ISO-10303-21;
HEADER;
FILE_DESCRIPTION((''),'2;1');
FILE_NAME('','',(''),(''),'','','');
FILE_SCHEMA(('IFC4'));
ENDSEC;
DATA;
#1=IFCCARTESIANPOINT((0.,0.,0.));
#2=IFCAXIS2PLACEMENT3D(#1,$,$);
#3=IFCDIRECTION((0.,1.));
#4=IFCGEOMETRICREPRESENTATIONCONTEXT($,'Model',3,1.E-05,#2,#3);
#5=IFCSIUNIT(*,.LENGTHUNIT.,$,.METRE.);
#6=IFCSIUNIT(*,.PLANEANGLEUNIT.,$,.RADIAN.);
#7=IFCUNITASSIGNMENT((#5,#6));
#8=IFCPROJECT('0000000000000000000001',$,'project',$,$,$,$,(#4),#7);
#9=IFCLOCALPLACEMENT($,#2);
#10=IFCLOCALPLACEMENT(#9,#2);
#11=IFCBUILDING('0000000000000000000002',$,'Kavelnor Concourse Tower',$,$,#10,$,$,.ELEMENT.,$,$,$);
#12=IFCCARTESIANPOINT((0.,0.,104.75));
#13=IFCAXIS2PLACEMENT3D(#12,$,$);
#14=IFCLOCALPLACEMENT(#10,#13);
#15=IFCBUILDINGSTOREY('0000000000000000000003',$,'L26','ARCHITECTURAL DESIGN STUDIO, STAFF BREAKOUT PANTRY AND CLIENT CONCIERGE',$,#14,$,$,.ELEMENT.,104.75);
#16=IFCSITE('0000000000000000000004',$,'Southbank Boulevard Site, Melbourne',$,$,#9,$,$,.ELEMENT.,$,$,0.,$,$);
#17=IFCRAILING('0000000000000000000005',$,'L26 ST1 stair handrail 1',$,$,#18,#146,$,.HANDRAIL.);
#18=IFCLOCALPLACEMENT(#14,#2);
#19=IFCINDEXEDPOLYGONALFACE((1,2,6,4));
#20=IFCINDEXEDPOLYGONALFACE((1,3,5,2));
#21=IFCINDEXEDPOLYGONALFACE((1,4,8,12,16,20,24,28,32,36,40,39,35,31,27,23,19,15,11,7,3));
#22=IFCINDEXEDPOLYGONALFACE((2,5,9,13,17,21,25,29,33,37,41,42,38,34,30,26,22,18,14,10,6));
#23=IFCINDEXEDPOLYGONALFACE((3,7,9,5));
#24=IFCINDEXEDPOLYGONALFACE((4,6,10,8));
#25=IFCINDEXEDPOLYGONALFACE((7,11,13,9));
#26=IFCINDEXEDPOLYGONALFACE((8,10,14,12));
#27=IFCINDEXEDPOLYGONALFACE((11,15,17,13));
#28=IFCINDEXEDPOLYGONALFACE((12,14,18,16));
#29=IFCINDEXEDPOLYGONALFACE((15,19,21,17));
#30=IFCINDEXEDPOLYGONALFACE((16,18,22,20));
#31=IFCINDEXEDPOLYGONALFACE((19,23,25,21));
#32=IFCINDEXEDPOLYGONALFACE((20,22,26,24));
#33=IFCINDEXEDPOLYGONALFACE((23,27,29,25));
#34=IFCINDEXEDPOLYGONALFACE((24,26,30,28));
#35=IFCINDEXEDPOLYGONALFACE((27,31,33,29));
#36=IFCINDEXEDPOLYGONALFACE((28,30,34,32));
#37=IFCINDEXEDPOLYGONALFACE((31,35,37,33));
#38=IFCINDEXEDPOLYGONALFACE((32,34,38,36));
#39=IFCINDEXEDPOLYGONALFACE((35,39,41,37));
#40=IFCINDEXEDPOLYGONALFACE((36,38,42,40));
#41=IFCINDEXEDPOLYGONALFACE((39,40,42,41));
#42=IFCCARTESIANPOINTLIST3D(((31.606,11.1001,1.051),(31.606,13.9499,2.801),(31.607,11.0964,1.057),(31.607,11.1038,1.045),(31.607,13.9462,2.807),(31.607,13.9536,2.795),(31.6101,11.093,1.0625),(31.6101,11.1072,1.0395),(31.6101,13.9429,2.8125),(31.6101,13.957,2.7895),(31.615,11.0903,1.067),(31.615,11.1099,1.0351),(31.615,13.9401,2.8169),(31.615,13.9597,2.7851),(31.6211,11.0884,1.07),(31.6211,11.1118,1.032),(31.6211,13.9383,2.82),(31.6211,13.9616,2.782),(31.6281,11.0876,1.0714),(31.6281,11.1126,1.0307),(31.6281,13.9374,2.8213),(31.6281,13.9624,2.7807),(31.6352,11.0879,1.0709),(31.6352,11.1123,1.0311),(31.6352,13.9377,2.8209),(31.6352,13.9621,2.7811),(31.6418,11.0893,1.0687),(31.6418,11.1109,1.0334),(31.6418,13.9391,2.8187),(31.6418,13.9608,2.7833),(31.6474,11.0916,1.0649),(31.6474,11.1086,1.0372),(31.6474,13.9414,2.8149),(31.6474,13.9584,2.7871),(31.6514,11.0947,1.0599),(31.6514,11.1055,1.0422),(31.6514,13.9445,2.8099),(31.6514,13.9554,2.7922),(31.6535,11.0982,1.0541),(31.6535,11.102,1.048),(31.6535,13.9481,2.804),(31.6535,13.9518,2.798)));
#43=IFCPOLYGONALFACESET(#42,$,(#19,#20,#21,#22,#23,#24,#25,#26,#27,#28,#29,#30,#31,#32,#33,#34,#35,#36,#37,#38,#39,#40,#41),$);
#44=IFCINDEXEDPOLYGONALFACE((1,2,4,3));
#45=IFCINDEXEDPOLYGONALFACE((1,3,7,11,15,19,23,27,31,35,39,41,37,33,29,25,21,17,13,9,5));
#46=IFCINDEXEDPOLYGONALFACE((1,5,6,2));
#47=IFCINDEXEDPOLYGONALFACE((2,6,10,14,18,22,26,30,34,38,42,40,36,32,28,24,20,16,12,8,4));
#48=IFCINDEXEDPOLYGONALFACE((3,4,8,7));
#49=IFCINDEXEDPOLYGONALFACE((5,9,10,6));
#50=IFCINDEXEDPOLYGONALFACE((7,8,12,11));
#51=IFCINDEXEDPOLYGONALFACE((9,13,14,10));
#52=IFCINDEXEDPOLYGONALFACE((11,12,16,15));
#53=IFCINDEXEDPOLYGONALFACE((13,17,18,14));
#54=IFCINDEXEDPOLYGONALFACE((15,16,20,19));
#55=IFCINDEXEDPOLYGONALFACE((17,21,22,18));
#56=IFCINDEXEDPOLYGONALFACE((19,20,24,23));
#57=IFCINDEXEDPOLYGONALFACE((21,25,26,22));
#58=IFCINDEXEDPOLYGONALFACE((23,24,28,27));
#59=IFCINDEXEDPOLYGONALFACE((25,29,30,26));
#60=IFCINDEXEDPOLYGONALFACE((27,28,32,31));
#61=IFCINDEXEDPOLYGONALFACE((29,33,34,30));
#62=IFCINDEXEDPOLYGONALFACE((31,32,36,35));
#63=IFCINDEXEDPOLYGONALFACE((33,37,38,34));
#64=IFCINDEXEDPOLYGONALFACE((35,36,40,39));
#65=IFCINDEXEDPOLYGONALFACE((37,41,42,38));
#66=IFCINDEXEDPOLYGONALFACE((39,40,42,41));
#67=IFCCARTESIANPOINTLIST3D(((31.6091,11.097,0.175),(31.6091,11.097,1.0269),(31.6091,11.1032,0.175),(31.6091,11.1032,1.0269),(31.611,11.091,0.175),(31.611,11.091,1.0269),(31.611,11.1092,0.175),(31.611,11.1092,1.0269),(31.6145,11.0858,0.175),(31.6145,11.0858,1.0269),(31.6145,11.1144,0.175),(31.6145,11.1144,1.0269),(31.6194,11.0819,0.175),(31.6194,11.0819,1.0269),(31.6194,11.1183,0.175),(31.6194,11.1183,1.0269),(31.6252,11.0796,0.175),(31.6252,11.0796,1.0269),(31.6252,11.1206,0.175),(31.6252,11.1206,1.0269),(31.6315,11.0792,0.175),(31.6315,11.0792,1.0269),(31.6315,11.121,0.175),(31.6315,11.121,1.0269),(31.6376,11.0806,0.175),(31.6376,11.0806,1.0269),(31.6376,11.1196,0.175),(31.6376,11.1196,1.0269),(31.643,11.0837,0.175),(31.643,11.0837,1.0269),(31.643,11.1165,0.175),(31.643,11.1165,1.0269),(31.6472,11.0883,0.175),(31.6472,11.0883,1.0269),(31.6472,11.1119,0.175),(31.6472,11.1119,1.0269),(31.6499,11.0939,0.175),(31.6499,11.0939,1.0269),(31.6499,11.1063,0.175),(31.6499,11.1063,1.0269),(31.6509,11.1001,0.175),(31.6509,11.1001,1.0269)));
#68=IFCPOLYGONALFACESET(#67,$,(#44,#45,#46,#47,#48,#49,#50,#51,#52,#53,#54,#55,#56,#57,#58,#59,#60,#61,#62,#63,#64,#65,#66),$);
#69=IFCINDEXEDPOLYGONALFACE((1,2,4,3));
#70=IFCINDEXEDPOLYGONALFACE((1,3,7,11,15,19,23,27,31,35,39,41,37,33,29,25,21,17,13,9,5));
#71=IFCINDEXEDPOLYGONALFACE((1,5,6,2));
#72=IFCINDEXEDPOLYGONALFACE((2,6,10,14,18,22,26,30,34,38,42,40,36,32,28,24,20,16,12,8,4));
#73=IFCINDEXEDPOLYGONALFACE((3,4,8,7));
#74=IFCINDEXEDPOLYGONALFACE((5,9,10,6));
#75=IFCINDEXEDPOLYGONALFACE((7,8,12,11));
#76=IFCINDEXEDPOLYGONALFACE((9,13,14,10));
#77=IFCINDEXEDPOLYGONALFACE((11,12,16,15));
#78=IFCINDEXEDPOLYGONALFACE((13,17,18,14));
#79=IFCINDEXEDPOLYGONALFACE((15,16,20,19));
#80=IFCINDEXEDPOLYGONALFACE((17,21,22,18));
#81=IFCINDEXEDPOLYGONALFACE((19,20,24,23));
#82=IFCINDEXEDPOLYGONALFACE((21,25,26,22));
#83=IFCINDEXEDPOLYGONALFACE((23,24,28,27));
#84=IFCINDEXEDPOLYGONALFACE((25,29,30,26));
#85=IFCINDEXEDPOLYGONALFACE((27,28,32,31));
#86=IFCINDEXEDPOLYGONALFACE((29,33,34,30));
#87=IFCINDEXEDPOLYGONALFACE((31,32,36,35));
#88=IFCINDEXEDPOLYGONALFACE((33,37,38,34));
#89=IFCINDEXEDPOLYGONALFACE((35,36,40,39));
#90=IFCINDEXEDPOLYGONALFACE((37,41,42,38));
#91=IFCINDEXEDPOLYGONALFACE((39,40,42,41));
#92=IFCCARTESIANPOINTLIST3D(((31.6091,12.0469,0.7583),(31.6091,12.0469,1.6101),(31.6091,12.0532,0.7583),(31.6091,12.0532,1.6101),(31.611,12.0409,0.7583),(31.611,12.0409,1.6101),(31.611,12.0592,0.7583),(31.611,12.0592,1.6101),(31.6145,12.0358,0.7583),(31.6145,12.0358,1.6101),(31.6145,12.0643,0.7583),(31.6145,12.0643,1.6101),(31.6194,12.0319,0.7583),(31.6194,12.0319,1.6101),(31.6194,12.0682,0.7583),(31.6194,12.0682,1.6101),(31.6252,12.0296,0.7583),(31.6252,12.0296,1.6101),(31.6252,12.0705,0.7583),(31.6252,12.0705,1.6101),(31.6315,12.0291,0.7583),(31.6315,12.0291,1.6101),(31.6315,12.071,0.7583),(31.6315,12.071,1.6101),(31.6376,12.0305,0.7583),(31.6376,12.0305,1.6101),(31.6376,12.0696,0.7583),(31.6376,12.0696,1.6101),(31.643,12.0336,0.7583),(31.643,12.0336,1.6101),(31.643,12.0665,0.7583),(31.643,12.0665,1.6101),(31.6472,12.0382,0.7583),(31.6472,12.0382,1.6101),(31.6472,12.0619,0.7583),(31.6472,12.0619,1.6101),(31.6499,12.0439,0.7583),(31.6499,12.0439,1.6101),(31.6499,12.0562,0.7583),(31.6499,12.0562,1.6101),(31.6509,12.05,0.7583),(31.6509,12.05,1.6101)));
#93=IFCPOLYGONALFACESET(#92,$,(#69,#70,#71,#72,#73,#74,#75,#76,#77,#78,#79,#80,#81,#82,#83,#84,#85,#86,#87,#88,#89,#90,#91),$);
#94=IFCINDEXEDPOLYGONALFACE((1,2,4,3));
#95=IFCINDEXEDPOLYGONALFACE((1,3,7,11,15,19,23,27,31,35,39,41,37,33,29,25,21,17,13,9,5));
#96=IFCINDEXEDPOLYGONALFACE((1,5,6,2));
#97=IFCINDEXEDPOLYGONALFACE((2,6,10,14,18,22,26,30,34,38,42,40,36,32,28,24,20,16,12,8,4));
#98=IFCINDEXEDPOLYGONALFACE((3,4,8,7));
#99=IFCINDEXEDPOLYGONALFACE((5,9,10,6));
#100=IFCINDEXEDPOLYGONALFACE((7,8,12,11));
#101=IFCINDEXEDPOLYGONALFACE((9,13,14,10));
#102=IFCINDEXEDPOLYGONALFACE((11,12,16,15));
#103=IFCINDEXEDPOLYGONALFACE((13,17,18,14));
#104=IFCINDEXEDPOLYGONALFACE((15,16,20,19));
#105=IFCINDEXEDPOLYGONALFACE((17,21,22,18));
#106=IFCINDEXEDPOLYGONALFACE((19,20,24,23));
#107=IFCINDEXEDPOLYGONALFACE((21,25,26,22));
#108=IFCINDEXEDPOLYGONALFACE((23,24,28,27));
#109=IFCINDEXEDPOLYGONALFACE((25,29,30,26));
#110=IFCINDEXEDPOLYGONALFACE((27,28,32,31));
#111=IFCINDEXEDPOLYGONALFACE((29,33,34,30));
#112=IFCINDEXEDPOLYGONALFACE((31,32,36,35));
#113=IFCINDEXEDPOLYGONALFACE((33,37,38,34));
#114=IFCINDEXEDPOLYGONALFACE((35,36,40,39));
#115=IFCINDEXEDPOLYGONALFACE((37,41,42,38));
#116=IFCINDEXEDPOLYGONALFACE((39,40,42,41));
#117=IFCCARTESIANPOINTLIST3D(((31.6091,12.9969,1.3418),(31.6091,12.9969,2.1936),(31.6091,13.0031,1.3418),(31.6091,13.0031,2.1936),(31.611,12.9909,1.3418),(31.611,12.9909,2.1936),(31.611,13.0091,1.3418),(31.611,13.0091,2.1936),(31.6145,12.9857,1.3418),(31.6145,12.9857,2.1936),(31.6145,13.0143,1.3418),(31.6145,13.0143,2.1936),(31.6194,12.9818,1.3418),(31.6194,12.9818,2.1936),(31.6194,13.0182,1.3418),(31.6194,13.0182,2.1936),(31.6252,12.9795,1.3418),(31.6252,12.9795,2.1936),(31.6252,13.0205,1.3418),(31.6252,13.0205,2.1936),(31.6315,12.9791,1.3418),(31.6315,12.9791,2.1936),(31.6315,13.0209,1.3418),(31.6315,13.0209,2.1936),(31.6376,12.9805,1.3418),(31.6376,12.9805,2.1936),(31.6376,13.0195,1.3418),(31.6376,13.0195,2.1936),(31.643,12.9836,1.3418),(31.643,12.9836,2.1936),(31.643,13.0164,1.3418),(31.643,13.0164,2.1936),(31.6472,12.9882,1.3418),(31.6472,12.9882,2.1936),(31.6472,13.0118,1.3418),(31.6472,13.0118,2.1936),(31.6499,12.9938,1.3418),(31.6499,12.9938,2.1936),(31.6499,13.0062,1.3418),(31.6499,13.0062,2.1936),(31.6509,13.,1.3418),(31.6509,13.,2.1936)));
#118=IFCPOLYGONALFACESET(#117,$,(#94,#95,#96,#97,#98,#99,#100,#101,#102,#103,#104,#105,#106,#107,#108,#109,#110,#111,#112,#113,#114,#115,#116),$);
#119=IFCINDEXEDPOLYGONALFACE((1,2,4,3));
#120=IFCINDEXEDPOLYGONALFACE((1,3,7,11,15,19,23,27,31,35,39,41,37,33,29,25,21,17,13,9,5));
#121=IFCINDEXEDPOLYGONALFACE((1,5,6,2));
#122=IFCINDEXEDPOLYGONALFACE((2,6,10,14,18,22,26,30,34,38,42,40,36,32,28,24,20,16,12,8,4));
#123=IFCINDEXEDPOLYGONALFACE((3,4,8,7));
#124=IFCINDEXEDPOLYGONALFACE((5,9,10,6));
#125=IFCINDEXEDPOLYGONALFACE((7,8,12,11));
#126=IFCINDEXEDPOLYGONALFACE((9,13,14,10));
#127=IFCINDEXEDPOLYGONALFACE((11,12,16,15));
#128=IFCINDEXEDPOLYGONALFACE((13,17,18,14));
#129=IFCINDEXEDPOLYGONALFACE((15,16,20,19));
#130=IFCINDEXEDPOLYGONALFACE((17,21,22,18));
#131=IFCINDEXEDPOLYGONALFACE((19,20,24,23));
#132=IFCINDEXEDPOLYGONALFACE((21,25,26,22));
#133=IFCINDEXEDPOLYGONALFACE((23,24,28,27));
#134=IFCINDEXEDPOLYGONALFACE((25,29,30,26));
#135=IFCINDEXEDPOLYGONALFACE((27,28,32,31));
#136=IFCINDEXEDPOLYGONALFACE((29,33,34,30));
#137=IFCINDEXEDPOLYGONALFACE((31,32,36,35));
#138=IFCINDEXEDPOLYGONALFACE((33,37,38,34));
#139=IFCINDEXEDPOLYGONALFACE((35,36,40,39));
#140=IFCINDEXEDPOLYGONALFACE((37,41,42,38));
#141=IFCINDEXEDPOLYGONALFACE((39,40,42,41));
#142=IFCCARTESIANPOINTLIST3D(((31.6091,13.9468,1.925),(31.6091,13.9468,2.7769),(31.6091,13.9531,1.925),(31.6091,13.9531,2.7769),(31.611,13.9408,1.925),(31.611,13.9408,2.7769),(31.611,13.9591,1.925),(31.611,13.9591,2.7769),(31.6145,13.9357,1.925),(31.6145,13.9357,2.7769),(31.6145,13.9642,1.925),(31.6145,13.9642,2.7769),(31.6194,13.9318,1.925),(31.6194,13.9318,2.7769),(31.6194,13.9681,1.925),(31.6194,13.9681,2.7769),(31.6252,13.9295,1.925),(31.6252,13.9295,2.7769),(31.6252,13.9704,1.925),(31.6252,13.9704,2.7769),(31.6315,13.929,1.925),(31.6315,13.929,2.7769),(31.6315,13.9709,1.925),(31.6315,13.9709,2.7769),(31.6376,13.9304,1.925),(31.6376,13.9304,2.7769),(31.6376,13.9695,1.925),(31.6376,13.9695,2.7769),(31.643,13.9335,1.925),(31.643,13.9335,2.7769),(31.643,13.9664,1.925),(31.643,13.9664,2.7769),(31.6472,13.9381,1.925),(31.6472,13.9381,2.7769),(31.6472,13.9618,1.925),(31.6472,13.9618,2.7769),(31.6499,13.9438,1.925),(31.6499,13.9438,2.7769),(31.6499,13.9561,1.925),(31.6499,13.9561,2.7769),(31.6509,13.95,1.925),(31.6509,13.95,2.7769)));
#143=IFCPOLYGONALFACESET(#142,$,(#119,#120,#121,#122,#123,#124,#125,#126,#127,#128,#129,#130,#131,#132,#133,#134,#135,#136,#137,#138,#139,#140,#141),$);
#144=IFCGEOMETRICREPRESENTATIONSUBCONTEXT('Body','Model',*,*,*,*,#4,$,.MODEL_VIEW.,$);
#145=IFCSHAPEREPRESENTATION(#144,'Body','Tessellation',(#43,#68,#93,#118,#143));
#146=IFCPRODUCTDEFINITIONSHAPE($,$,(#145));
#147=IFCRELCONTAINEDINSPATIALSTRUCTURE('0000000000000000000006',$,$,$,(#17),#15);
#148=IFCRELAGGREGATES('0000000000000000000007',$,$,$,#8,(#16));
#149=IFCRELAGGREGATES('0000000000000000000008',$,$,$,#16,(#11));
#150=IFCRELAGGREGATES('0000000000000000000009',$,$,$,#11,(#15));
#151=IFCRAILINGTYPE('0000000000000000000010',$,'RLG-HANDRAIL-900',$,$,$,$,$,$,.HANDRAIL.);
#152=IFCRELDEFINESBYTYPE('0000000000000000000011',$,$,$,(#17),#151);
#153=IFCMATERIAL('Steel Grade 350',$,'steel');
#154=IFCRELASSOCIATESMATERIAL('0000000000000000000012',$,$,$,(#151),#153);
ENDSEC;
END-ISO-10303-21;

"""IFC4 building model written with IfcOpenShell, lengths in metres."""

from ifc_helpers import new_model, si_unit, direction, frame, origin, origin_2d, place, context, subcontext, project, spatial, circle, extrude, material, type_object, element, save


model = new_model("IFC4")

# Units and contexts
model_context = context("Model", 3, precision=1e-05, world=origin(), true_north=direction((0.0, 1.0)))
body_context = subcontext(model_context, "Body", "Model", "MODEL_VIEW")
ifc_project = project(units=[si_unit("LENGTHUNIT", "METRE"), si_unit("PLANEANGLEUNIT", "RADIAN")], contexts=[model_context])

# Site, building, storey
site_placement = place(None, origin())
site = spatial("IfcSite", under=ifc_project, at=site_placement, Name="Southbank Boulevard Site, Melbourne", CompositionType="ELEMENT", RefElevation=0.0)
building_placement = place(site_placement, origin())
building = spatial("IfcBuilding", under=site, at=building_placement, Name="Kavelnor Concourse Tower", CompositionType="ELEMENT")
storey_placement = place(building_placement, frame((0.0, 0.0, 104.75)))
storey = spatial("IfcBuildingStorey", under=building, at=storey_placement, Name="L26", Description="ARCHITECTURAL DESIGN STUDIO, STAFF BREAKOUT PANTRY AND CLIENT CONCIERGE", CompositionType="ELEMENT", Elevation=104.75)

# Shared definitions
ifc_material_1 = material(Name="Steel Grade 350", Category="steel")

# Railing
railing_type_1 = type_object("IfcRailingType", Name="RLG-HANDRAIL-900", PredefinedType="HANDRAIL", material=ifc_material_1)
railing_1_placement = place(storey_placement, frame((31.6299, 11.1001, 0.175)))
element("IfcRailing", 1, at=railing_1_placement, inside=storey, type_object=railing_type_1, Name="L26 ST1 stair handrail 1", PredefinedType="HANDRAIL", context=body_context, shape_type="SweptSolid", body=[
    extrude(circle(Radius=0.0239, at=origin_2d()), frame((0.0, 0.0, 0.876), z_axis=(0.0, 0.852159, 0.523283), x_axis=(-1.0, 0.0, 0.0)), (0.0, 0.0, 1.0), 3.3442),
    extrude(circle(Radius=0.021, at=origin_2d()), origin(), (0.0, 0.0, 1.0), 0.8518),
    extrude(circle(Radius=0.021, at=origin_2d()), frame((0.0, 0.95, 0.5833)), (0.0, 0.0, 1.0), 0.8518),
    extrude(circle(Radius=0.021, at=origin_2d()), frame((0.0, 1.8999, 1.1667)), (0.0, 0.0, 1.0), 0.8518),
    extrude(circle(Radius=0.021, at=origin_2d()), frame((0.0, 2.8499, 1.75)), (0.0, 0.0, 1.0), 0.8518),
])

save(model, "model.ifc")
